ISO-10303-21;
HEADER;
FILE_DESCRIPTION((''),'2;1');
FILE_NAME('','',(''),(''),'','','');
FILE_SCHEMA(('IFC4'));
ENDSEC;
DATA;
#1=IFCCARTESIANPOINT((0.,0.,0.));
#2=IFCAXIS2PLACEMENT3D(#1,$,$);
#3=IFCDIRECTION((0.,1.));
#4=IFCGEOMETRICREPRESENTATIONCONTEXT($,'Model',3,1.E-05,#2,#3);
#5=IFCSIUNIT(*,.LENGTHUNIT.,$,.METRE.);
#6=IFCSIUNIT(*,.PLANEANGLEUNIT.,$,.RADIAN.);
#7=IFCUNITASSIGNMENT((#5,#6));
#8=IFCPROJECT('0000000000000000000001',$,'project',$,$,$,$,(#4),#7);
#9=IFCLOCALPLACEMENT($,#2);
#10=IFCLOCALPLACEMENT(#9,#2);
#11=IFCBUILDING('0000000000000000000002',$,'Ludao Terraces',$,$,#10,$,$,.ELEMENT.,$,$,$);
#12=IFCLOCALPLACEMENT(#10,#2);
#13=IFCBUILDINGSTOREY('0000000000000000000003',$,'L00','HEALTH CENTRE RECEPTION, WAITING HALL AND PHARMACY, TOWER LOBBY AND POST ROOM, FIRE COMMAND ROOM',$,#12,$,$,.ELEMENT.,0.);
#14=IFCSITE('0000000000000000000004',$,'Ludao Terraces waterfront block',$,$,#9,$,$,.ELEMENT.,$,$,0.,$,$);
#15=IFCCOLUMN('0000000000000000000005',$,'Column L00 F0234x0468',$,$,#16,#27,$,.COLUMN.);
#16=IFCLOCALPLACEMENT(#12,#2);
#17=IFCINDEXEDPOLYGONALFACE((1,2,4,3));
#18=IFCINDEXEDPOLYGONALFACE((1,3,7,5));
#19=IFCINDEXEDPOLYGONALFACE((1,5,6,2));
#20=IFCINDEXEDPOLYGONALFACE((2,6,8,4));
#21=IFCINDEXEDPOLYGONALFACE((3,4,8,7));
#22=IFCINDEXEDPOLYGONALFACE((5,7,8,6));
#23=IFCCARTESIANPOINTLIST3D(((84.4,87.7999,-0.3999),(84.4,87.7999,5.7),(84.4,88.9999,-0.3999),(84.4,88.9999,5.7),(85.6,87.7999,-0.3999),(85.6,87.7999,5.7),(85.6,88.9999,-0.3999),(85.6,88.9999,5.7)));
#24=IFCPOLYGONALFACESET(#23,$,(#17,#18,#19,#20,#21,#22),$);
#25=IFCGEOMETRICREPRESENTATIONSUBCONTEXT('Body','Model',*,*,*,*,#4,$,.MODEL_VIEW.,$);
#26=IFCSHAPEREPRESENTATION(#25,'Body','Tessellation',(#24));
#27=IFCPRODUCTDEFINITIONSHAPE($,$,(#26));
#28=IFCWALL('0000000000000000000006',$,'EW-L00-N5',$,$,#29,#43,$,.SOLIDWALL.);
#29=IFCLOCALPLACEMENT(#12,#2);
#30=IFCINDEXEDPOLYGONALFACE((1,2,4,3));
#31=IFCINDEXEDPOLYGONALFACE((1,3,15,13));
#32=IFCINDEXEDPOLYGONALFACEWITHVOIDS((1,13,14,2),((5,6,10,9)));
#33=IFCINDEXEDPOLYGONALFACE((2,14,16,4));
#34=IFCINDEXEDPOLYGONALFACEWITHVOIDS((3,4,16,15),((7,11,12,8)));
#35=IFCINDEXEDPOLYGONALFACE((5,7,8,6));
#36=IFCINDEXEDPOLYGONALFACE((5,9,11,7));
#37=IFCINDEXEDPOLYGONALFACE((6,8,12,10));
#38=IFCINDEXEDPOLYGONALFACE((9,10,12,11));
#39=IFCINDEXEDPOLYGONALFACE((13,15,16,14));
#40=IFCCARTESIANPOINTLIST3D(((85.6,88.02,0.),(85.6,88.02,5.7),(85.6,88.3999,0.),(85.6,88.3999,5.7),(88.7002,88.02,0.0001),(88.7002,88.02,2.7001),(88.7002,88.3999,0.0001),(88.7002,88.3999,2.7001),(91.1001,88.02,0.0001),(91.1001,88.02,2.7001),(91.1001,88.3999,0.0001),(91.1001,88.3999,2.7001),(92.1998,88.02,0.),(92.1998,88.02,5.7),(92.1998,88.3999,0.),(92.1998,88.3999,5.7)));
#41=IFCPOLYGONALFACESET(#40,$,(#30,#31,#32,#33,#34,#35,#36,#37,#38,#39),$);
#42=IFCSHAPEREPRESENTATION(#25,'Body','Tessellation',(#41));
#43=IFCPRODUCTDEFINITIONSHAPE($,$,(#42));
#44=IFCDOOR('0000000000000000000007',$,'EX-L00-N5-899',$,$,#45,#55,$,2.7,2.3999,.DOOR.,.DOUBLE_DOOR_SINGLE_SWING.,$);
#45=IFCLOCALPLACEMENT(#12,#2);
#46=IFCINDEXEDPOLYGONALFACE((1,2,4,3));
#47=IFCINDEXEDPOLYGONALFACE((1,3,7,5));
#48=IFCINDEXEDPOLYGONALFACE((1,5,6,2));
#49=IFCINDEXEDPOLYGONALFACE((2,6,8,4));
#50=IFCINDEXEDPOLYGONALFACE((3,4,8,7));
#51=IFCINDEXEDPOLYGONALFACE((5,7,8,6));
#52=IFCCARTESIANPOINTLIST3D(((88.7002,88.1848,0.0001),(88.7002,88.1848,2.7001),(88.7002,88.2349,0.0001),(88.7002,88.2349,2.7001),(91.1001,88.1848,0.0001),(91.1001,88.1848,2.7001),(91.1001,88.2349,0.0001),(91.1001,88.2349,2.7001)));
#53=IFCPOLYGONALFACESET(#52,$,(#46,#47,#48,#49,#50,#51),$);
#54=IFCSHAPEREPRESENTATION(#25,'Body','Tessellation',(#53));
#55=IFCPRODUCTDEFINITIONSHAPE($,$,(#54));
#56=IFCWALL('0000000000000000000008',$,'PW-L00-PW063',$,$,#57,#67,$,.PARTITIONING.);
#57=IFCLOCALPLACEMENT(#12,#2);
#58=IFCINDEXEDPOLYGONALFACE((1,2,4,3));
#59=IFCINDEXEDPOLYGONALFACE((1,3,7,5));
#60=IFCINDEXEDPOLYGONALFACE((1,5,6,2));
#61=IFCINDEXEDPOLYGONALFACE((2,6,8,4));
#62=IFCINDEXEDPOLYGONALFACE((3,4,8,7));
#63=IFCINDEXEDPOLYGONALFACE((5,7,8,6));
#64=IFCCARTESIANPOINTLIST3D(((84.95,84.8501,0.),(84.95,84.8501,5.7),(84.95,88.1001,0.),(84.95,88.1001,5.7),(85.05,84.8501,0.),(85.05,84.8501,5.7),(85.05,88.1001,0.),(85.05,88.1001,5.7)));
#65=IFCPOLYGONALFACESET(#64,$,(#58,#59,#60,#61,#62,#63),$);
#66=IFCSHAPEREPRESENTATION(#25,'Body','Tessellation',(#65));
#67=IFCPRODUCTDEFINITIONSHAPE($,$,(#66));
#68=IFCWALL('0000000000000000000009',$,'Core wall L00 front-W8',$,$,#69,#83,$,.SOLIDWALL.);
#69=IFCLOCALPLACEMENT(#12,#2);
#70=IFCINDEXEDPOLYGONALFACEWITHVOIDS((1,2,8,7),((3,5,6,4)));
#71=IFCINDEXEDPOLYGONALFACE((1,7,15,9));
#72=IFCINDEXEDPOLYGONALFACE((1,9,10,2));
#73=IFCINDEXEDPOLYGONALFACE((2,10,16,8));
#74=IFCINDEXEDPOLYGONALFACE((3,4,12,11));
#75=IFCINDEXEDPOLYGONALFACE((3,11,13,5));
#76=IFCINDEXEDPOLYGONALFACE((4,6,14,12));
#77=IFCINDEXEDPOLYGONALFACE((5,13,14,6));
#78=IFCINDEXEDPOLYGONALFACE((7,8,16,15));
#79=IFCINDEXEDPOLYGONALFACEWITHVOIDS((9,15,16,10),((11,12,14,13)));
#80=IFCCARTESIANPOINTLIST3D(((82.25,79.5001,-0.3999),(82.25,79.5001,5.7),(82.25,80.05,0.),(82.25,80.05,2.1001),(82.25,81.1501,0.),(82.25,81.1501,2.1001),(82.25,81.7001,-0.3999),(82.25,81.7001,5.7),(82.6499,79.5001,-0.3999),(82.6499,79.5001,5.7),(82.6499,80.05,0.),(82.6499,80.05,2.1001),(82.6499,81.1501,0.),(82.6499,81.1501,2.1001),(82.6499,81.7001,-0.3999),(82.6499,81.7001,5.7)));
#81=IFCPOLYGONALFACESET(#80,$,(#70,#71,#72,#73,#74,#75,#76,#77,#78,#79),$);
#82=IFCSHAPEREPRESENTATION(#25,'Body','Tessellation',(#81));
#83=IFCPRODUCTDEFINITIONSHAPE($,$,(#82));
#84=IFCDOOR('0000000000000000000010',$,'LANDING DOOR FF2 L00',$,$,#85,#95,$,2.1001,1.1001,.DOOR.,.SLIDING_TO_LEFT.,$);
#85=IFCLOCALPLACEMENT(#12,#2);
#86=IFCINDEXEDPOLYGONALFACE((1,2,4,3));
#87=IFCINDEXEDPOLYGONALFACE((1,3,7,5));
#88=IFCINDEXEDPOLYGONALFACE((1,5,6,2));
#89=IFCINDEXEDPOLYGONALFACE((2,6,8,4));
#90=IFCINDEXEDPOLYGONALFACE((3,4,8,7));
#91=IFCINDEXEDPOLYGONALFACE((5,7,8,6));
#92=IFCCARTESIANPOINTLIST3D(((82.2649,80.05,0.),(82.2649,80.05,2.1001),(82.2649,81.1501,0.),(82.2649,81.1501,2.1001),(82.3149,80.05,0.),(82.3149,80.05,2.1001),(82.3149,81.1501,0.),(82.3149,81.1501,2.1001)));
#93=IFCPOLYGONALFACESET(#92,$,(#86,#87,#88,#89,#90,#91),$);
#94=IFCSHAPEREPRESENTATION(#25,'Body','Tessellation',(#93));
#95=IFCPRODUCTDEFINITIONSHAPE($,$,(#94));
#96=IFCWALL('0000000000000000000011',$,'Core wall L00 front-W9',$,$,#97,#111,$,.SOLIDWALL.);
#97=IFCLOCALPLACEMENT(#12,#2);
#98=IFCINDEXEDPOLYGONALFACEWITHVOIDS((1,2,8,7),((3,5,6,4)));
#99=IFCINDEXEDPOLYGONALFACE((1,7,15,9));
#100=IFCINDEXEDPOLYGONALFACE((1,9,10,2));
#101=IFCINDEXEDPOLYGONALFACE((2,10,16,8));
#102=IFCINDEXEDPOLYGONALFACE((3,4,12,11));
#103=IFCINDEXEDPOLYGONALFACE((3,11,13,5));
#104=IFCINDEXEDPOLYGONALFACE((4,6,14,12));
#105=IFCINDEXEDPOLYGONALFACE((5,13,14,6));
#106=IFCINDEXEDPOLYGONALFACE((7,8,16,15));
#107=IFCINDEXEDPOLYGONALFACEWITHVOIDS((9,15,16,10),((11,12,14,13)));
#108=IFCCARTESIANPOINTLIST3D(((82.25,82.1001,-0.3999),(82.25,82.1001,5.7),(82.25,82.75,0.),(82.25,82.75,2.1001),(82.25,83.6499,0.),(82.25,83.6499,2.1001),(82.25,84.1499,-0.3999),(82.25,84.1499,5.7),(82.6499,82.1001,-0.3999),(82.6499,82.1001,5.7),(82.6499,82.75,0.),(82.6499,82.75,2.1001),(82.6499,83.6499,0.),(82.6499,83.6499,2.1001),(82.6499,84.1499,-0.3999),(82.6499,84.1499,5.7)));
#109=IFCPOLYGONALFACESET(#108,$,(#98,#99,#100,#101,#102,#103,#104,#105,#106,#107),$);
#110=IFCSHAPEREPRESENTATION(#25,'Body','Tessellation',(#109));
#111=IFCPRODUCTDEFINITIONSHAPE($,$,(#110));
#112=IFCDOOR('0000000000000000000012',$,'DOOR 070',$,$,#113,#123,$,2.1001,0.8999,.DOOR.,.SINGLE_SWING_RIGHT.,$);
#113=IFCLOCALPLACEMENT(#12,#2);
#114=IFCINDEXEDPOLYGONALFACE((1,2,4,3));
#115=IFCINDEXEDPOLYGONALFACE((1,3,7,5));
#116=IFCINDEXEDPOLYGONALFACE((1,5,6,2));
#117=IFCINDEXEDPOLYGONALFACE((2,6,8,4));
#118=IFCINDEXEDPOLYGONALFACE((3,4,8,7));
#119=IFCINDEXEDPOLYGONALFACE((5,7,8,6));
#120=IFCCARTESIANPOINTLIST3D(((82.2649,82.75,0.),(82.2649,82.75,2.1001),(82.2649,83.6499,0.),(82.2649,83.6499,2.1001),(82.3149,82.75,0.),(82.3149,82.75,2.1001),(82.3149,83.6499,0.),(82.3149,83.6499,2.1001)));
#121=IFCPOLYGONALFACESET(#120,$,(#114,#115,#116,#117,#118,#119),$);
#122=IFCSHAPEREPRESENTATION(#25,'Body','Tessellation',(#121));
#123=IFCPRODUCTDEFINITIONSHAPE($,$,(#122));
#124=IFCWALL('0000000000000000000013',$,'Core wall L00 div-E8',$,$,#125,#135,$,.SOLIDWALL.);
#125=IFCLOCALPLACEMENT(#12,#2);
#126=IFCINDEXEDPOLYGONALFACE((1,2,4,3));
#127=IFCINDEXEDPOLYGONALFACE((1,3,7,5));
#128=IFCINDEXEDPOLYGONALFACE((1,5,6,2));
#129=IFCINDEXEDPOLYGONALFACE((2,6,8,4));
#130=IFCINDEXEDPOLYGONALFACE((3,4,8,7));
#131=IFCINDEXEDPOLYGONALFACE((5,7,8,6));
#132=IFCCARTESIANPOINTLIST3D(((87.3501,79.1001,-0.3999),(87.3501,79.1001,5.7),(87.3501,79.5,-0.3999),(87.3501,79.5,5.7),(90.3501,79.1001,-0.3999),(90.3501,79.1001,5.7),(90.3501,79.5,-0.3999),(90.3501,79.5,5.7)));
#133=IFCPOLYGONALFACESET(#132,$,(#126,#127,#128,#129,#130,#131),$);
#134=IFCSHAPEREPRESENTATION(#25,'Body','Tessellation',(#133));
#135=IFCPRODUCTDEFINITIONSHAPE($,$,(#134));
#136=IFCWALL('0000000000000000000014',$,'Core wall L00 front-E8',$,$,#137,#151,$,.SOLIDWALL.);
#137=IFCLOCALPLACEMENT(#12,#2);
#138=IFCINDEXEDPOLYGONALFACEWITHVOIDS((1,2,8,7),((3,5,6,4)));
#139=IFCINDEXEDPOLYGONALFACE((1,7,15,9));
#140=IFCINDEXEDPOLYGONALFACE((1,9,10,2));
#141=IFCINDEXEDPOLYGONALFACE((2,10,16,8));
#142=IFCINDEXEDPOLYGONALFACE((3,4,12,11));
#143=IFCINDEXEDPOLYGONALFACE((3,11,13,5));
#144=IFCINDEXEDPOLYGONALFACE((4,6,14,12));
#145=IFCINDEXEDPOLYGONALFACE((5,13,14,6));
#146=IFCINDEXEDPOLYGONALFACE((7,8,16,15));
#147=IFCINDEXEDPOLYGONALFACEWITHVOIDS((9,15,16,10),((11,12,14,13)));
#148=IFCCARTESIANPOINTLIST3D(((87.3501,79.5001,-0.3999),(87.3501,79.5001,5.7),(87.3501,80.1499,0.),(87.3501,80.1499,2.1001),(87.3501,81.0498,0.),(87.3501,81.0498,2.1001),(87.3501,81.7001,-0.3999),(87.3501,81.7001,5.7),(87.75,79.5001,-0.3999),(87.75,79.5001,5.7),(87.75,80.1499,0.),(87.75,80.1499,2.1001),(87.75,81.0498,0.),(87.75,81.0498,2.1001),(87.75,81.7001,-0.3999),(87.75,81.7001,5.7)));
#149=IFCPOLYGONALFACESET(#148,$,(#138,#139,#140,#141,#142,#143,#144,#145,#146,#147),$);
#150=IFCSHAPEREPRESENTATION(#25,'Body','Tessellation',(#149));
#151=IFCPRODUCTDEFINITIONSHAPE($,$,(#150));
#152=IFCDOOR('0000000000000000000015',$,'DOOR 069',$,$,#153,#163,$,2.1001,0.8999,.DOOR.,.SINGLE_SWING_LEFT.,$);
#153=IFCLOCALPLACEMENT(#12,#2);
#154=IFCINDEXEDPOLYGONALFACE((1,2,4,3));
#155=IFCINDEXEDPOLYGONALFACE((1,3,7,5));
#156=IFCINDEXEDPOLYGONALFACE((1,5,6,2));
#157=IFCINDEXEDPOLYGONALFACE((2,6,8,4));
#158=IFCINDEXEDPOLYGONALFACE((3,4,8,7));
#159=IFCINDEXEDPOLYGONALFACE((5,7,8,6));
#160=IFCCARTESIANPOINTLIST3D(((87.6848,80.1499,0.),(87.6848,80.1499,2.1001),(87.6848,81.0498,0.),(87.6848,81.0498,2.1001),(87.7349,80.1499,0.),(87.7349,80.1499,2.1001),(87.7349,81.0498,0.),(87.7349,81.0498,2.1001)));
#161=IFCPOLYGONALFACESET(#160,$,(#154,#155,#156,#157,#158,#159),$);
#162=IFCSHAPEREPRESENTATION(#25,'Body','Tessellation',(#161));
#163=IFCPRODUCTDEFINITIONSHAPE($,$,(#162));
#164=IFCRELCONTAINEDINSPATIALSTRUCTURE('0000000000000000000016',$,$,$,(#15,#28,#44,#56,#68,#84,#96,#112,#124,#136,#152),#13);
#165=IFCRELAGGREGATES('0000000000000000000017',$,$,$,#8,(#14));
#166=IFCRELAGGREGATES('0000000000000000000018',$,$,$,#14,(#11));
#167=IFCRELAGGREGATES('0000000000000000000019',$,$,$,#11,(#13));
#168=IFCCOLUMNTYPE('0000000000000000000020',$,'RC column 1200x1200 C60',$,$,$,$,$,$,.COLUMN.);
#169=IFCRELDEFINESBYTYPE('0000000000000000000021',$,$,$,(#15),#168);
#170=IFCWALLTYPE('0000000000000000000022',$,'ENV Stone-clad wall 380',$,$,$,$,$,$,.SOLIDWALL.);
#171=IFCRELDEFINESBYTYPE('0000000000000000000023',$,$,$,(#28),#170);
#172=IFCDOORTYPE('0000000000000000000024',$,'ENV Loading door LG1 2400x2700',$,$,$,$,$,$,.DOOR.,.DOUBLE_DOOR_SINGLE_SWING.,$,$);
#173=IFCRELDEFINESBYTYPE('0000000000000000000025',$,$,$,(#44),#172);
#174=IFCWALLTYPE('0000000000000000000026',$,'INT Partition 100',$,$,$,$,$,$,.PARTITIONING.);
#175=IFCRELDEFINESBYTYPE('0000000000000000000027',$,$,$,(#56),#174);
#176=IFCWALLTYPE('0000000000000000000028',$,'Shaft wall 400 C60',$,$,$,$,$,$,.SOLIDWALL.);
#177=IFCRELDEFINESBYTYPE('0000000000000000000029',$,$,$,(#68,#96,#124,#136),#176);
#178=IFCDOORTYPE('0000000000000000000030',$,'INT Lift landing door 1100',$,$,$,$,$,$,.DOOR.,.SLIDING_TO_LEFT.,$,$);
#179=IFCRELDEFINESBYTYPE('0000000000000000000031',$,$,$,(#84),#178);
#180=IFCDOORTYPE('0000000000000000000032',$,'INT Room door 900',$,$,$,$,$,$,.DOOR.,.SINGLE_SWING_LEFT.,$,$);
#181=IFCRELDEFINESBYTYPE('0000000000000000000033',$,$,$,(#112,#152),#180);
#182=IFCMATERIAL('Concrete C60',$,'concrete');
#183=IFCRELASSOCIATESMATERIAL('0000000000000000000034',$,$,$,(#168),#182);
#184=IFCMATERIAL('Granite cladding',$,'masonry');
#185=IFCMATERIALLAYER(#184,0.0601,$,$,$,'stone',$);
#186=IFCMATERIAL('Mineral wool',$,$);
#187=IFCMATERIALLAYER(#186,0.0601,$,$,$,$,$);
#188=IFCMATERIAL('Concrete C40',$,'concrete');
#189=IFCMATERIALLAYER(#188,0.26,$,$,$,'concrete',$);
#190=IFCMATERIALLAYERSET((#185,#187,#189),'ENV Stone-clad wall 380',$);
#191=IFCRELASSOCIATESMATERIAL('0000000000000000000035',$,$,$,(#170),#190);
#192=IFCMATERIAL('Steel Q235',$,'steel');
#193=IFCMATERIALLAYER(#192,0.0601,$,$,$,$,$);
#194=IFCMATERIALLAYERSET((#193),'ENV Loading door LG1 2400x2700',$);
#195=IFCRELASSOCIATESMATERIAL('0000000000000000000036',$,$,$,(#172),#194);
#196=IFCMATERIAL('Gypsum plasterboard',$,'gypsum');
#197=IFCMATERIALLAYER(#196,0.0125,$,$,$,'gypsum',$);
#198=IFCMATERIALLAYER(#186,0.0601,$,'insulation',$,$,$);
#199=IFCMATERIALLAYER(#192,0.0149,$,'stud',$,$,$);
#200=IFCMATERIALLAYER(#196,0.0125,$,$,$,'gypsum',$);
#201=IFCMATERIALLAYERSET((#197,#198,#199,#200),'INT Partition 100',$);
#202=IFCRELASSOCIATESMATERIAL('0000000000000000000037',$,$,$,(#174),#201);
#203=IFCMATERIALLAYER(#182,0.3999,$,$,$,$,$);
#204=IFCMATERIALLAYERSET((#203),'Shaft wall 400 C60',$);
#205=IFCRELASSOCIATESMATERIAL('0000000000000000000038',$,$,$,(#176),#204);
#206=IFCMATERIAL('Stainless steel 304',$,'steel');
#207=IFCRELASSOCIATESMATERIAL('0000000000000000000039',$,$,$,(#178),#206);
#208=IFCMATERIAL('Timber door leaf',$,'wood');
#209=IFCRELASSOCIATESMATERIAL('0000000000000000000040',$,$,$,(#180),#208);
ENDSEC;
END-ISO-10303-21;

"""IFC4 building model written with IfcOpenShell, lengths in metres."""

from ifc_helpers import new_model, si_unit, direction, frame, frame_2d, origin, origin_2d, place, context, subcontext, project, spatial, rectangle, extrude, material, layer, layer_set, material_profile, profile_set, type_object, element, fill, save


model = new_model("IFC4")

# Units and contexts
model_context = context("Model", 3, precision=1e-05, world=origin(), true_north=direction((0.0, 1.0)))
body_context = subcontext(model_context, "Body", "Model", "MODEL_VIEW")
ifc_project = project(units=[si_unit("LENGTHUNIT", "METRE"), si_unit("PLANEANGLEUNIT", "RADIAN")], contexts=[model_context])

# Site, building, storey
site_placement = place(None, origin())
site = spatial("IfcSite", under=ifc_project, at=site_placement, Name="Ludao Terraces waterfront block", CompositionType="ELEMENT", RefElevation=0.0)
building_placement = place(site_placement, origin())
building = spatial("IfcBuilding", under=site, at=building_placement, Name="Ludao Terraces", CompositionType="ELEMENT")
storey_placement = place(building_placement, origin())
storey = spatial("IfcBuildingStorey", under=building, at=storey_placement, Name="L00", Description="HEALTH CENTRE RECEPTION, WAITING HALL AND PHARMACY, TOWER LOBBY AND POST ROOM, FIRE COMMAND ROOM", CompositionType="ELEMENT", Elevation=0.0)

# Column
ifc_material_1 = material(Name="Concrete C60", Category="concrete")
ifc_material_profile = material_profile(ifc_material_1, rectangle(XDim=1.2, YDim=1.2, at=origin_2d()), Name="1200 X 1200")
ifc_profile_set = profile_set([ifc_material_profile], Name="Concrete C60")
column_type = type_object("IfcColumnType", Name="RC column 1200x1200 C60", PredefinedType="COLUMN", material=ifc_profile_set)
column_placement = place(storey_placement, frame((85.0, 88.3999, -0.3999), z_axis=(0.0, 0.0, 1.0), x_axis=(1.0, 0.0, 0.0)))
element("IfcColumn", 1, at=column_placement, inside=storey, type_object=column_type, Name="Column L00 F0234x0468", PredefinedType="COLUMN", context=body_context, shape_type="SweptSolid", body=[
    extrude(rectangle(XDim=1.2, YDim=1.2, at=origin_2d()), origin(), (0.0, 0.0, 1.0), 6.0999),
])

# Wall, opening, door
ifc_material_2 = material(Name="Granite cladding", Category="masonry")
ifc_layer_1 = layer(ifc_material_2, 0.0601, Category="stone")
ifc_material_3 = material(Name="Mineral wool")
ifc_layer_2 = layer(ifc_material_3, 0.0601)
ifc_material_4 = material(Name="Concrete C40", Category="concrete")
ifc_layer_3 = layer(ifc_material_4, 0.26, Category="concrete")
ifc_layer_set_1 = layer_set([ifc_layer_1, ifc_layer_2, ifc_layer_3], Name="ENV Stone-clad wall 380")
wall_type_1 = type_object("IfcWallType", Name="ENV Stone-clad wall 380", PredefinedType="SOLIDWALL", material=ifc_layer_set_1)
wall_1_placement = place(storey_placement, frame((85.6001, 88.21, 0.0), z_axis=(0.0, 0.0, 1.0), x_axis=(1.0, 0.0, 0.0)))
wall_1 = element("IfcWall", 2, at=wall_1_placement, inside=storey, type_object=wall_type_1, Name="EW-L00-N5", PredefinedType="SOLIDWALL", context=body_context, shape_type="SweptSolid", body=[
    extrude(rectangle(XDim=6.5999, YDim=0.3799, at=frame_2d((3.2998, 0.0))), origin(), (0.0, 0.0, 1.0), 5.7),
])
opening_1_placement = place(wall_1_placement, frame((3.1001, 0.0, 0.0)))
opening_1 = element("IfcOpeningElement", 3, at=opening_1_placement, cuts=wall_1, PredefinedType="OPENING", context=body_context, shape_type="SweptSolid", body=[
    extrude(rectangle(XDim=2.3999, YDim=2.7, at=frame_2d((1.2, 1.3501))), frame((0.0, 0.2, 0.0), z_axis=(0.0, -1.0, 0.0), x_axis=(1.0, 0.0, 0.0)), (0.0, 0.0, 1.0), 0.3999),
])
ifc_material_5 = material(Name="Steel Q235", Category="steel")
ifc_layer_4 = layer(ifc_material_5, 0.0601)
ifc_layer_set_2 = layer_set([ifc_layer_4], Name="ENV Loading door LG1 2400x2700")
door_type_1 = type_object("IfcDoorType", Name="ENV Loading door LG1 2400x2700", OperationType="DOUBLE_DOOR_SINGLE_SWING", PredefinedType="DOOR", material=ifc_layer_set_2)
door_1_placement = place(opening_1_placement, origin())
door_1 = element("IfcDoor", 4, at=door_1_placement, inside=storey, type_object=door_type_1, Name="EX-L00-N5-899", OperationType="DOUBLE_DOOR_SINGLE_SWING", OverallHeight=2.7, OverallWidth=2.3999, PredefinedType="DOOR", context=body_context, shape_type="SweptSolid", body=[
    extrude(rectangle(XDim=2.3999, YDim=2.7, at=frame_2d((1.2, 1.3501))), frame((0.0, 0.0249, 0.0), z_axis=(0.0, -1.0, 0.0), x_axis=(1.0, 0.0, 0.0)), (0.0, 0.0, 1.0), 0.05),
])
fill(opening_1, door_1)

# Wall
ifc_material_6 = material(Name="Gypsum plasterboard", Category="gypsum")
ifc_layer_5 = layer(ifc_material_6, 0.0125, Category="gypsum")
ifc_layer_6 = layer(ifc_material_3, 0.0601, Name="insulation")
ifc_layer_7 = layer(ifc_material_5, 0.0149, Name="stud")
ifc_layer_8 = layer(ifc_material_6, 0.0125, Category="gypsum")
ifc_layer_set_3 = layer_set([ifc_layer_5, ifc_layer_6, ifc_layer_7, ifc_layer_8], Name="INT Partition 100")
wall_type_2 = type_object("IfcWallType", Name="INT Partition 100", PredefinedType="PARTITIONING", material=ifc_layer_set_3)
wall_2_placement = place(storey_placement, frame((85.0, 84.8501, 0.0), z_axis=(0.0, 0.0, 1.0), x_axis=(0.0, 1.0, 0.0)))
element("IfcWall", 5, at=wall_2_placement, inside=storey, type_object=wall_type_2, Name="PW-L00-PW063", PredefinedType="PARTITIONING", context=body_context, shape_type="SweptSolid", body=[
    extrude(rectangle(XDim=3.25, YDim=0.1001, at=frame_2d((1.625, 0.0))), origin(), (0.0, 0.0, 1.0), 5.7),
])

# Walls, openings, doors
ifc_layer_9 = layer(ifc_material_1, 0.3999)
ifc_layer_set_4 = layer_set([ifc_layer_9], Name="Shaft wall 400 C60")
wall_type_3 = type_object("IfcWallType", Name="Shaft wall 400 C60", PredefinedType="SOLIDWALL", material=ifc_layer_set_4)
wall_3_placement = place(storey_placement, frame((82.45, 79.5, -0.3999), z_axis=(0.0, 0.0, 1.0), x_axis=(0.0, 1.0, 0.0)))
wall_3 = element("IfcWall", 6, at=wall_3_placement, inside=storey, type_object=wall_type_3, Name="Core wall L00 front-W8", PredefinedType="SOLIDWALL", context=body_context, shape_type="SweptSolid", body=[
    extrude(rectangle(XDim=2.2, YDim=0.3999, at=frame_2d((1.1001, 0.0))), origin(), (0.0, 0.0, 1.0), 6.0999),
])
opening_2_placement = place(wall_3_placement, frame((0.55, 0.0, 0.3999)))
opening_2 = element("IfcOpeningElement", 7, at=opening_2_placement, cuts=wall_3, PredefinedType="OPENING", context=body_context, shape_type="SweptSolid", body=[
    extrude(rectangle(XDim=1.1001, YDim=2.1001, at=frame_2d((0.55, 1.05))), frame((0.0, 0.21, 0.0), z_axis=(0.0, -1.0, 0.0), x_axis=(1.0, 0.0, 0.0)), (0.0, 0.0, 1.0), 0.4199),
])
ifc_material_7 = material(Name="Stainless steel 304", Category="steel")
door_type_2 = type_object("IfcDoorType", Name="INT Lift landing door 1100", OperationType="SLIDING_TO_LEFT", PredefinedType="DOOR", material=ifc_material_7)
door_2_placement = place(opening_2_placement, origin())
door_2 = element("IfcDoor", 8, at=door_2_placement, inside=storey, type_object=door_type_2, Name="LANDING DOOR FF2 L00", OperationType="SLIDING_TO_LEFT", OverallHeight=2.1001, OverallWidth=1.1001, PredefinedType="DOOR", context=body_context, shape_type="SweptSolid", body=[
    extrude(rectangle(XDim=1.1001, YDim=2.1001, at=frame_2d((0.55, 1.05))), frame((0.0, 0.1851, 0.0), z_axis=(0.0, -1.0, 0.0), x_axis=(1.0, 0.0, 0.0)), (0.0, 0.0, 1.0), 0.05),
])
fill(opening_2, door_2)
wall_4_placement = place(storey_placement, frame((82.45, 82.1001, -0.3999), z_axis=(0.0, 0.0, 1.0), x_axis=(0.0, 1.0, 0.0)))
wall_4 = element("IfcWall", 9, at=wall_4_placement, inside=storey, type_object=wall_type_3, Name="Core wall L00 front-W9", PredefinedType="SOLIDWALL", context=body_context, shape_type="SweptSolid", body=[
    extrude(rectangle(XDim=2.0498, YDim=0.3999, at=frame_2d((1.0249, 0.0))), origin(), (0.0, 0.0, 1.0), 6.0999),
])
opening_3_placement = place(wall_4_placement, frame((0.6499, 0.0, 0.3999)))
opening_3 = element("IfcOpeningElement", 10, at=opening_3_placement, cuts=wall_4, PredefinedType="OPENING", context=body_context, shape_type="SweptSolid", body=[
    extrude(rectangle(XDim=0.8999, YDim=2.1001, at=frame_2d((0.45, 1.05))), frame((0.0, 0.21, 0.0), z_axis=(0.0, -1.0, 0.0), x_axis=(1.0, 0.0, 0.0)), (0.0, 0.0, 1.0), 0.4199),
])
ifc_material_8 = material(Name="Timber door leaf", Category="wood")
door_type_3 = type_object("IfcDoorType", Name="INT Room door 900", OperationType="SINGLE_SWING_LEFT", PredefinedType="DOOR", material=ifc_material_8)
door_3_placement = place(opening_3_placement, origin())
door_3 = element("IfcDoor", 11, at=door_3_placement, inside=storey, type_object=door_type_3, Name="DOOR 070", OperationType="SINGLE_SWING_RIGHT", OverallHeight=2.1001, OverallWidth=0.8999, PredefinedType="DOOR", context=body_context, shape_type="SweptSolid", body=[
    extrude(rectangle(XDim=0.8999, YDim=2.1001, at=frame_2d((0.45, 1.05))), frame((0.0, 0.1851, 0.0), z_axis=(0.0, -1.0, 0.0), x_axis=(1.0, 0.0, 0.0)), (0.0, 0.0, 1.0), 0.05),
])
fill(opening_3, door_3)

# Wall
wall_5_placement = place(storey_placement, frame((87.3501, 79.3, -0.3999), z_axis=(0.0, 0.0, 1.0), x_axis=(1.0, 0.0, 0.0)))
element("IfcWall", 12, at=wall_5_placement, inside=storey, type_object=wall_type_3, Name="Core wall L00 div-E8", PredefinedType="SOLIDWALL", context=body_context, shape_type="SweptSolid", body=[
    extrude(rectangle(XDim=3.0, YDim=0.3999, at=frame_2d((1.5, 0.0))), origin(), (0.0, 0.0, 1.0), 6.0999),
])

# Wall, opening, door
wall_6_placement = place(storey_placement, frame((87.55, 79.5, -0.3999), z_axis=(0.0, 0.0, 1.0), x_axis=(0.0, 1.0, 0.0)))
wall_6 = element("IfcWall", 13, at=wall_6_placement, inside=storey, type_object=wall_type_3, Name="Core wall L00 front-E8", PredefinedType="SOLIDWALL", context=body_context, shape_type="SweptSolid", body=[
    extrude(rectangle(XDim=2.2, YDim=0.3999, at=frame_2d((1.1001, 0.0))), origin(), (0.0, 0.0, 1.0), 6.0999),
])
opening_4_placement = place(wall_6_placement, frame((0.6499, 0.0, 0.3999)))
opening_4 = element("IfcOpeningElement", 14, at=opening_4_placement, cuts=wall_6, PredefinedType="OPENING", context=body_context, shape_type="SweptSolid", body=[
    extrude(rectangle(XDim=0.8999, YDim=2.1001, at=frame_2d((0.45, 1.05))), frame((0.0, 0.21, 0.0), z_axis=(0.0, -1.0, 0.0), x_axis=(1.0, 0.0, 0.0)), (0.0, 0.0, 1.0), 0.4199),
])
door_4_placement = place(opening_4_placement, origin())
door_4 = element("IfcDoor", 15, at=door_4_placement, inside=storey, type_object=door_type_3, Name="DOOR 069", OperationType="SINGLE_SWING_LEFT", OverallHeight=2.1001, OverallWidth=0.8999, PredefinedType="DOOR", context=body_context, shape_type="SweptSolid", body=[
    extrude(rectangle(XDim=0.8999, YDim=2.1001, at=frame_2d((0.45, 1.05))), frame((0.0, -0.1348, 0.0), z_axis=(0.0, -1.0, 0.0), x_axis=(1.0, 0.0, 0.0)), (0.0, 0.0, 1.0), 0.05),
])
fill(opening_4, door_4)

save(model, "model.ifc")
